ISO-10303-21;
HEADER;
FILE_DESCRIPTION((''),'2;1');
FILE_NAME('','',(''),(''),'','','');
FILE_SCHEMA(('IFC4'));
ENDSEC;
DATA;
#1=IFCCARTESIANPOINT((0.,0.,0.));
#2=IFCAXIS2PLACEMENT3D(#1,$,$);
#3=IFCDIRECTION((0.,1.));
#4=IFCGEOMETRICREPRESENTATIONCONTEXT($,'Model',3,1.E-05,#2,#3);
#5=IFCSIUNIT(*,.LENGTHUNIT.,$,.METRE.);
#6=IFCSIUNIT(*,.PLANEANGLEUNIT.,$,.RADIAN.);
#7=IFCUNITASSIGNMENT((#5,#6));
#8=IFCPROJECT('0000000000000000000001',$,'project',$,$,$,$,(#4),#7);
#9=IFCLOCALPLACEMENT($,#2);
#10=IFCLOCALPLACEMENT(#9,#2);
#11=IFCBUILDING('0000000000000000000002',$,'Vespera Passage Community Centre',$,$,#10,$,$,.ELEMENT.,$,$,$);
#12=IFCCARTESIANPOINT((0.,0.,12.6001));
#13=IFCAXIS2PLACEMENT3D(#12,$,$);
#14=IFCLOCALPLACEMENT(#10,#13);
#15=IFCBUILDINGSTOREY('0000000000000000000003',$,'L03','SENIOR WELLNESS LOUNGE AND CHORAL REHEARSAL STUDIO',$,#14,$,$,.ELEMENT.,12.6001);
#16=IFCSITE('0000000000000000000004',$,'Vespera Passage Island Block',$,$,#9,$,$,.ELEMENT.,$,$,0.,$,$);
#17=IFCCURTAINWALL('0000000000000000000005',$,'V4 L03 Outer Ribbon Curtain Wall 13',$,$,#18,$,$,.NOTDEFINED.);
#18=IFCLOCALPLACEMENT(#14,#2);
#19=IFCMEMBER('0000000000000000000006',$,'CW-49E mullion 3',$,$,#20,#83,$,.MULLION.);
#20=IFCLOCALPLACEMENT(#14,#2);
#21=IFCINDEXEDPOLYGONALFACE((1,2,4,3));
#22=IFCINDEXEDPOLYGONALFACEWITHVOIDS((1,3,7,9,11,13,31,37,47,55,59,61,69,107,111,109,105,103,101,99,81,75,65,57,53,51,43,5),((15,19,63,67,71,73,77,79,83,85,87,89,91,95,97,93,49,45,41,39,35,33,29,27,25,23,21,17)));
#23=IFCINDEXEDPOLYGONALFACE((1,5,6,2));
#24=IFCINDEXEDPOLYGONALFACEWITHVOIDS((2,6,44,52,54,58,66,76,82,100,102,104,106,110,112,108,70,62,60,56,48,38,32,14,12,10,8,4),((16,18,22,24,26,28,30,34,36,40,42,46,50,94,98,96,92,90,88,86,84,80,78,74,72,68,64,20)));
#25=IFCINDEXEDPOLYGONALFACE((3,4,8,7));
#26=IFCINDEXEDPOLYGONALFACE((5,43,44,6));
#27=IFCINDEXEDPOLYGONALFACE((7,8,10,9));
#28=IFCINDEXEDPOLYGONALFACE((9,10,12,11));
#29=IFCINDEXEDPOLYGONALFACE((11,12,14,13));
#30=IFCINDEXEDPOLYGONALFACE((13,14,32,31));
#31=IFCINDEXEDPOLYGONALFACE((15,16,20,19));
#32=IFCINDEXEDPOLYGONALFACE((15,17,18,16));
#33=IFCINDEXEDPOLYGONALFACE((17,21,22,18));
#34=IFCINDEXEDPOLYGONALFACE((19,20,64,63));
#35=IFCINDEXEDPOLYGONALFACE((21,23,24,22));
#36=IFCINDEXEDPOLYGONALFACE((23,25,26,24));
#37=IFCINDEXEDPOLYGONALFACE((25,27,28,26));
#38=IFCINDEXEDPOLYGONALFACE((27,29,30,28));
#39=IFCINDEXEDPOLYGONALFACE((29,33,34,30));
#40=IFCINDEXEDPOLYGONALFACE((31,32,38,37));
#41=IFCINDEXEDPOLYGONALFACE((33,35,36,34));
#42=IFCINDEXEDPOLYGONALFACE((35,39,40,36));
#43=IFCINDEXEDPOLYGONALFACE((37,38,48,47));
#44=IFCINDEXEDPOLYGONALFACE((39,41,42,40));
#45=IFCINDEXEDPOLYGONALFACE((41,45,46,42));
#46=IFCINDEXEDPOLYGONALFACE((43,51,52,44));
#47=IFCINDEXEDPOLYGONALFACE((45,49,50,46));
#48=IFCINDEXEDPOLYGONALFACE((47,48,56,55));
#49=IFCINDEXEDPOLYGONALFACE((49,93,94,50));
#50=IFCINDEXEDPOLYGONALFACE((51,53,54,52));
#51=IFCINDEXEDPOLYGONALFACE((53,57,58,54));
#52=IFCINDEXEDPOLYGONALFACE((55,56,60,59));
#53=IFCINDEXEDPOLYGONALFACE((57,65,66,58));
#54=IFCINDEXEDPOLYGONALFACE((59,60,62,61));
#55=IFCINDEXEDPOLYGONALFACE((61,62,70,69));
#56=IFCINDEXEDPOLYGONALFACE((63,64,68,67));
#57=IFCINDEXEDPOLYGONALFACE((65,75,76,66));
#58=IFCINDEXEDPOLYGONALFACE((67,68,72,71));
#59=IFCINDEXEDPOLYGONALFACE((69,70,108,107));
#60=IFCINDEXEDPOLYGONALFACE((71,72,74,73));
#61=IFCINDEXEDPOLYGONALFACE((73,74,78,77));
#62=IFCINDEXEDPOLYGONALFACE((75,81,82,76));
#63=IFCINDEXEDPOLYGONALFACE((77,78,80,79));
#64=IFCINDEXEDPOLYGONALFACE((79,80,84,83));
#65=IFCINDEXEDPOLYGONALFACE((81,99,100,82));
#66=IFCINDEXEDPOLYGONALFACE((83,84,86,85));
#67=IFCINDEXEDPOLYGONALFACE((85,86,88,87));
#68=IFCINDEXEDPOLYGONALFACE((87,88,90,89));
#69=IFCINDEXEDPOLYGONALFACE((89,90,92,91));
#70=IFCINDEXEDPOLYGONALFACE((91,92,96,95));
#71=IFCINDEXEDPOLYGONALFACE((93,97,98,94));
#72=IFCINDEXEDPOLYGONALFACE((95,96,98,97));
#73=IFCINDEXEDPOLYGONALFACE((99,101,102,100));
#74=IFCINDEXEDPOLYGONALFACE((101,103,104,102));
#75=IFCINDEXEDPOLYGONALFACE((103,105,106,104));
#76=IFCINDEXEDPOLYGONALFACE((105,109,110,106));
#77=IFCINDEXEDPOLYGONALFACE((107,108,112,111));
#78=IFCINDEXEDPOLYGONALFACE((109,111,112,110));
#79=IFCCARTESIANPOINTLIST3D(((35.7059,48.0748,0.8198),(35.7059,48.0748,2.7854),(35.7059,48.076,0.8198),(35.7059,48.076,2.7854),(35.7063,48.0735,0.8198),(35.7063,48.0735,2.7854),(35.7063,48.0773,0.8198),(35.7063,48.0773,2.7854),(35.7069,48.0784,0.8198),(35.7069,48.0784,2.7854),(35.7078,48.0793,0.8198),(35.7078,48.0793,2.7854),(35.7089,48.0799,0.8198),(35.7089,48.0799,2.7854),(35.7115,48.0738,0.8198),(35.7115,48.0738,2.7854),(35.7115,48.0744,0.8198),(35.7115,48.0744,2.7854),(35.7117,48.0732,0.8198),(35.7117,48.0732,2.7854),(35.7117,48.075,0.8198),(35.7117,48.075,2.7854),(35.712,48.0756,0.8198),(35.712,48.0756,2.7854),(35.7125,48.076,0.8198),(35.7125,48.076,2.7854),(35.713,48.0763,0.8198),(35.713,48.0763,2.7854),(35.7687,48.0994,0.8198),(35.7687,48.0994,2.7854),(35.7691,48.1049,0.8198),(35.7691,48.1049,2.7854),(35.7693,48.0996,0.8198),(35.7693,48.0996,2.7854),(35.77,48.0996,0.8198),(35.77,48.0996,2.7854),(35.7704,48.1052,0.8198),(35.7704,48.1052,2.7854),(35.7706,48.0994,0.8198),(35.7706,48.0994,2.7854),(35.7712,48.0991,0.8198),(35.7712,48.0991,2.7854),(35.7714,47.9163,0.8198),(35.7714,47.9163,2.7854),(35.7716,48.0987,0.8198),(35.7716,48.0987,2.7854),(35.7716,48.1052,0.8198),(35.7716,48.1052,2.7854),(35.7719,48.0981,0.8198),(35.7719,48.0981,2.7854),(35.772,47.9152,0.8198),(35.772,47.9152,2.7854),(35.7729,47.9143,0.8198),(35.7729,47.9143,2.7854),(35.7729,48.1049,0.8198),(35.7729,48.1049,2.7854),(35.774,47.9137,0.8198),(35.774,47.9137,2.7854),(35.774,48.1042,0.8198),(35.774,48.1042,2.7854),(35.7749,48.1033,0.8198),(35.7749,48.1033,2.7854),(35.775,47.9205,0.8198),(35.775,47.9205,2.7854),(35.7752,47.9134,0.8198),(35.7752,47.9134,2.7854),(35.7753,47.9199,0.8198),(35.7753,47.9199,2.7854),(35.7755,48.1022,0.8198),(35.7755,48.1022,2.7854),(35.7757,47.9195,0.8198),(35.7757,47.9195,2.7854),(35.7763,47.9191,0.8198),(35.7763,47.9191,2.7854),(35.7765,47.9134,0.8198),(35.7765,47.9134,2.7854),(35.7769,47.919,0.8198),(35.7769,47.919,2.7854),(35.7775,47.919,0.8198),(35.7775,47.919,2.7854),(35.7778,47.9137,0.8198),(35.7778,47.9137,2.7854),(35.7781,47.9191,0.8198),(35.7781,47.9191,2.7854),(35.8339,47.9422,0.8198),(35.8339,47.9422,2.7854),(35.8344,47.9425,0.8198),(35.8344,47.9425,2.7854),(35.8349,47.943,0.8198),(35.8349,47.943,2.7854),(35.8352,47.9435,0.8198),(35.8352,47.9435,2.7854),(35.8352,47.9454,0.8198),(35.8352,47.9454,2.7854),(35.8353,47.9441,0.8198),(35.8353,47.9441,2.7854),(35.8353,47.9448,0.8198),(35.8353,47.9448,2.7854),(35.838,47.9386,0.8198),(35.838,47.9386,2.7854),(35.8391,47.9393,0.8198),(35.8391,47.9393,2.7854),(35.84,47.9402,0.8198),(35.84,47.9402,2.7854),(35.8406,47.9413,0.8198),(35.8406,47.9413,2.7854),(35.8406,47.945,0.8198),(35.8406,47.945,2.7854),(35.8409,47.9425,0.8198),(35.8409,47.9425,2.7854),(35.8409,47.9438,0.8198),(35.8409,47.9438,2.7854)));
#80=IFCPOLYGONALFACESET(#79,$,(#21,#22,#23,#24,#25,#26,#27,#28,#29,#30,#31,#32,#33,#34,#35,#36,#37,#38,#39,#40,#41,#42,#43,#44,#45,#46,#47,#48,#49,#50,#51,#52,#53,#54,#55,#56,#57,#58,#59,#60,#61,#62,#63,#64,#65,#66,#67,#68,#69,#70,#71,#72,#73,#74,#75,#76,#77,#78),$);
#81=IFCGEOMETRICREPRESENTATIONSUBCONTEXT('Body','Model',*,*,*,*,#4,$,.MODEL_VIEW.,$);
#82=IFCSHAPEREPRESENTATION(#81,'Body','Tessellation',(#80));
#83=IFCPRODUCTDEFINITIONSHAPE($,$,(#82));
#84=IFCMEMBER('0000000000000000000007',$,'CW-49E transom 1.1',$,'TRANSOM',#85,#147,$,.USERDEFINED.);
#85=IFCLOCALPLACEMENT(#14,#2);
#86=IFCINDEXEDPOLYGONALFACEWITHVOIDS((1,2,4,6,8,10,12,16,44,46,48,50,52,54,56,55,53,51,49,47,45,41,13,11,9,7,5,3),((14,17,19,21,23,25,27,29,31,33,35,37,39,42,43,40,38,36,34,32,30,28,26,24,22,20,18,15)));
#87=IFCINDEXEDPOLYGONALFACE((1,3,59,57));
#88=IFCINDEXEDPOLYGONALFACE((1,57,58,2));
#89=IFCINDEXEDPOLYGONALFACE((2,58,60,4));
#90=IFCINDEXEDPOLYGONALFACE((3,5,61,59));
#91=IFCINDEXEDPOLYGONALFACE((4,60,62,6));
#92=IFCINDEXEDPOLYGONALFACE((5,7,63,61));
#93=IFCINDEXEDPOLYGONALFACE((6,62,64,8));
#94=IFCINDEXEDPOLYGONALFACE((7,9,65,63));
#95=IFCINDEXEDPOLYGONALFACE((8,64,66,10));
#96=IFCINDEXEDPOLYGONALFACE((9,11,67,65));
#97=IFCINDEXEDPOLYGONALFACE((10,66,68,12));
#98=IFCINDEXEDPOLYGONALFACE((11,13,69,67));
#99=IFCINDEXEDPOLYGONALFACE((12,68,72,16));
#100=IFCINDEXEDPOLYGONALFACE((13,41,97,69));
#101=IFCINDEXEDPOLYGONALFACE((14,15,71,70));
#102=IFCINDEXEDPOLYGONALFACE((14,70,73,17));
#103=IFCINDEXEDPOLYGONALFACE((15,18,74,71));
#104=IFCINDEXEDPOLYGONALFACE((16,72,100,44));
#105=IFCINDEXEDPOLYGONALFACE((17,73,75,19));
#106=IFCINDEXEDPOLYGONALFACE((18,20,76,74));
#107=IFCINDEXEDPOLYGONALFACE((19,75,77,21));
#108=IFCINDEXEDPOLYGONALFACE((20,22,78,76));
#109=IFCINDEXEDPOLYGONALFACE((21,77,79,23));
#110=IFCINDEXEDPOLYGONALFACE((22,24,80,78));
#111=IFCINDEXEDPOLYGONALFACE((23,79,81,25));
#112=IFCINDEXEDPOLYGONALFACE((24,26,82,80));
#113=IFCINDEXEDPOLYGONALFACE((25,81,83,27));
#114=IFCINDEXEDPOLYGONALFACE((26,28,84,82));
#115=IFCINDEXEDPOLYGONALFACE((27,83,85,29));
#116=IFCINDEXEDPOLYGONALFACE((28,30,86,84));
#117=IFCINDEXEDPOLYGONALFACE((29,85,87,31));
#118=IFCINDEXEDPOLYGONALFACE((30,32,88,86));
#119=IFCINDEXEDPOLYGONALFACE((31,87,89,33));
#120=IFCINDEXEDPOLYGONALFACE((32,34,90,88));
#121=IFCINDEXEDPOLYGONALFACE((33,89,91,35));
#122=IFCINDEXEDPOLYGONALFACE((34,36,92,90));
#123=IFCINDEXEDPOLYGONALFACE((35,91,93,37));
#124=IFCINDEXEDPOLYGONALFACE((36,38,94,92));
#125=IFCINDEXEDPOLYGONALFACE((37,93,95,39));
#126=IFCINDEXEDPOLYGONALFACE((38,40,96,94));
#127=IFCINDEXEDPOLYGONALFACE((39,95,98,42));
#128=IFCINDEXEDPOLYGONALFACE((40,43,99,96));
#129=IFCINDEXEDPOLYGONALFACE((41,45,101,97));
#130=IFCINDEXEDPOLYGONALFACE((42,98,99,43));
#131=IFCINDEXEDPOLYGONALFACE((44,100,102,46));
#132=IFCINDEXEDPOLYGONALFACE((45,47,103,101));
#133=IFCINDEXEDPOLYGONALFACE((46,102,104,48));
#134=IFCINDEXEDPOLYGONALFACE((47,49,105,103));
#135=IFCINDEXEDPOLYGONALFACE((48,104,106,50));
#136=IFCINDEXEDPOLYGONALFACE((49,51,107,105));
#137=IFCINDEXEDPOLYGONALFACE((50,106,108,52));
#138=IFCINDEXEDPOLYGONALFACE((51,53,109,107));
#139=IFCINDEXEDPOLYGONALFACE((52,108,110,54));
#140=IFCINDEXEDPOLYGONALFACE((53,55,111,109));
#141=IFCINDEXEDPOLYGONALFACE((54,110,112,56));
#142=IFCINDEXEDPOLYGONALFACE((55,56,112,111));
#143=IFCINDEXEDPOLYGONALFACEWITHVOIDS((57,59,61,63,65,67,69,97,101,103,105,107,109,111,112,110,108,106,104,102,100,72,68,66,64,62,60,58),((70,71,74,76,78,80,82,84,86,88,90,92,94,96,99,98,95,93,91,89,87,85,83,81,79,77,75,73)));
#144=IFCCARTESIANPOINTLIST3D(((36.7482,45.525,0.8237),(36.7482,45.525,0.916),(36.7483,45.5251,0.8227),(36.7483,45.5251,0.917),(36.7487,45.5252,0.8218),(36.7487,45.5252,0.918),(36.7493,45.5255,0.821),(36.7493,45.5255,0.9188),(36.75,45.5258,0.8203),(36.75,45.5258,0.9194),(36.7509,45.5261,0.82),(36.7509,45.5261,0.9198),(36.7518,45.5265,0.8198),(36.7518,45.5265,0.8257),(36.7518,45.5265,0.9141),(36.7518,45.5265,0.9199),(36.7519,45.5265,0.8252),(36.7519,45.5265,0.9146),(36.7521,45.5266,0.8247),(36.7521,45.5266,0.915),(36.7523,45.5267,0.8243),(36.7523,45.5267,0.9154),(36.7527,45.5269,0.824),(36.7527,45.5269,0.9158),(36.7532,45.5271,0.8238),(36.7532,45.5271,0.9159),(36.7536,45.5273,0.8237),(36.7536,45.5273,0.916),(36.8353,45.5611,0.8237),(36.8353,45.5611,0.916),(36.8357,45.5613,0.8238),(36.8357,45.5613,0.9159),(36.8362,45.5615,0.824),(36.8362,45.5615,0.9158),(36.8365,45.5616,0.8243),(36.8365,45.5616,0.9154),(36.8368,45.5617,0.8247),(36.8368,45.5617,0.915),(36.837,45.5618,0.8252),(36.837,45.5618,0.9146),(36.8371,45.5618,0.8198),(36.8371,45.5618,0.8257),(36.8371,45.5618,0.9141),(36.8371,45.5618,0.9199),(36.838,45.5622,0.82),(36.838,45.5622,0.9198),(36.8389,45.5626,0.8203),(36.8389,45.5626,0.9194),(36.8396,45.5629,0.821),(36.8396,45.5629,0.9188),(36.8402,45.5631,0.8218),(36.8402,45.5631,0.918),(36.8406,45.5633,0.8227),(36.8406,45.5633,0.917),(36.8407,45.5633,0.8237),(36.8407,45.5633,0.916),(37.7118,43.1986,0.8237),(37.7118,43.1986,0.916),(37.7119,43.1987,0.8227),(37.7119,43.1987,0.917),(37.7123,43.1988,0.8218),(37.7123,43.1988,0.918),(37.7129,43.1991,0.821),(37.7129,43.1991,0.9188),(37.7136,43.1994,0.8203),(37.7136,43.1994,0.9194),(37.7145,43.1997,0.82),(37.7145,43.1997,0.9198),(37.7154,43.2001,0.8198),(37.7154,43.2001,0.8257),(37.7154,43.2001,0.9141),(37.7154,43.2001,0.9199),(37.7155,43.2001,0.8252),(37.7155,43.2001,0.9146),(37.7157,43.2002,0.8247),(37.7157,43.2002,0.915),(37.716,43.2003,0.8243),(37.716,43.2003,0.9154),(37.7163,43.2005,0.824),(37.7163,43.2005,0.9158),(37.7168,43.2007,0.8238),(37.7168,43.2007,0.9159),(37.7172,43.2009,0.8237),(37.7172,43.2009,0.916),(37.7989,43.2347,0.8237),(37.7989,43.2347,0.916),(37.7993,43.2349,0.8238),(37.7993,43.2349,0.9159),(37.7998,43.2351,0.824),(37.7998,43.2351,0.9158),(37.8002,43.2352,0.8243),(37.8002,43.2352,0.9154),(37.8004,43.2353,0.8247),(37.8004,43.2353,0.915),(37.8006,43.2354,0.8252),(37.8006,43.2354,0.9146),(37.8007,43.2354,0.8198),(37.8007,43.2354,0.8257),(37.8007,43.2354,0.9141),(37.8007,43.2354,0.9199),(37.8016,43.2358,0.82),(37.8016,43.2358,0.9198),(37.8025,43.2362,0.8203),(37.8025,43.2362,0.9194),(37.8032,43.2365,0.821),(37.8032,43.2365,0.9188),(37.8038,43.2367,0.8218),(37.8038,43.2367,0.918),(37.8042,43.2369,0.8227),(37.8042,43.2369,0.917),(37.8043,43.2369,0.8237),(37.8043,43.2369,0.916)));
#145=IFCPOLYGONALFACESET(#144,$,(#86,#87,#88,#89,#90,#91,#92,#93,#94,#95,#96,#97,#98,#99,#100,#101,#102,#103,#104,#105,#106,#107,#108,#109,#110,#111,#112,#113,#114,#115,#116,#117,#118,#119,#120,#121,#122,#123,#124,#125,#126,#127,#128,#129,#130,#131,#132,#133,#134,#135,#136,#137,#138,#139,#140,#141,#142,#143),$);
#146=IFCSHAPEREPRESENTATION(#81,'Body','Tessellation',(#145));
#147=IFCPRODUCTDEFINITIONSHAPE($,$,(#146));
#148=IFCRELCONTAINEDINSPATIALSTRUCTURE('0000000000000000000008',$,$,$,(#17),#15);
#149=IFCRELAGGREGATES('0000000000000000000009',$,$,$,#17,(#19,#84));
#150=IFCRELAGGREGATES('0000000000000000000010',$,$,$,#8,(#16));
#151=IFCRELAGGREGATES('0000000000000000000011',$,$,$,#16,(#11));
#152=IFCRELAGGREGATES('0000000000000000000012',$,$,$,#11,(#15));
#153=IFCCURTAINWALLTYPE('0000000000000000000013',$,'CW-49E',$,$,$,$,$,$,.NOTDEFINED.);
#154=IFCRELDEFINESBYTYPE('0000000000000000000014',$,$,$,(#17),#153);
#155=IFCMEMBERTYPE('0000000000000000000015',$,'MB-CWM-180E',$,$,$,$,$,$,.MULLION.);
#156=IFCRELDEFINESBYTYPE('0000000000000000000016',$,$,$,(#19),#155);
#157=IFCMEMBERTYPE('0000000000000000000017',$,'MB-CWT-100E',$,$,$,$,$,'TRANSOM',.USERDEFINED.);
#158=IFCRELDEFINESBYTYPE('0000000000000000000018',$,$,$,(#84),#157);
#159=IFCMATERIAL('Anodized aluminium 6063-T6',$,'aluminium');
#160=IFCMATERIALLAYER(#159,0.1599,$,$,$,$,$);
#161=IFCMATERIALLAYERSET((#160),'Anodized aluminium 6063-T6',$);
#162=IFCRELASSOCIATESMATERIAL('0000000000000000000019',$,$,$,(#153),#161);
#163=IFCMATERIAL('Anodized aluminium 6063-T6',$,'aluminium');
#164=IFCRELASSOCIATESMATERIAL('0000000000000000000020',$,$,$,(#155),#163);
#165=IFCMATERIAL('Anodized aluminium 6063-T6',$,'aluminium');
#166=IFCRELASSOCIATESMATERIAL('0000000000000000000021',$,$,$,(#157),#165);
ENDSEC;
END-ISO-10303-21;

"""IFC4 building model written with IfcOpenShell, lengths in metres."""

from ifc_helpers import new_model, si_unit, direction, frame, origin, origin_2d, place, context, subcontext, project, spatial, hollow_rectangle, extrude, material, layer, layer_set, material_profile, profile_set, type_object, element, aggregate, save


model = new_model("IFC4")

# Units and contexts
model_context = context("Model", 3, precision=1e-05, world=origin(), true_north=direction((0.0, 1.0)))
body_context = subcontext(model_context, "Body", "Model", "MODEL_VIEW")
ifc_project = project(units=[si_unit("LENGTHUNIT", "METRE"), si_unit("PLANEANGLEUNIT", "RADIAN")], contexts=[model_context])

# Site, building, storey
site_placement = place(None, origin())
site = spatial("IfcSite", under=ifc_project, at=site_placement, Name="Vespera Passage Island Block", CompositionType="ELEMENT", RefElevation=0.0)
building_placement = place(site_placement, origin())
building = spatial("IfcBuilding", under=site, at=building_placement, Name="Vespera Passage Community Centre", CompositionType="ELEMENT")
storey_placement = place(building_placement, frame((0.0, 0.0, 12.6001)))
storey = spatial("IfcBuildingStorey", under=building, at=storey_placement, Name="L03", Description="SENIOR WELLNESS LOUNGE AND CHORAL REHEARSAL STUDIO", CompositionType="ELEMENT", Elevation=12.6001)

# Curtain wall, members
ifc_material_1 = material(Name="Anodized aluminium 6063-T6", Category="aluminium")
ifc_layer_1 = layer(ifc_material_1, 0.1599)
ifc_layer_set_1 = layer_set([ifc_layer_1], Name="Anodized aluminium 6063-T6")
curtain_wall_type = type_object("IfcCurtainWallType", Name="CW-49E", PredefinedType="NOTDEFINED", material=ifc_layer_set_1)
curtain_wall_placement = place(storey_placement, origin())
curtain_wall = element("IfcCurtainWall", 1, at=curtain_wall_placement, inside=storey, type_object=curtain_wall_type, Name="V4 L03 Outer Ribbon Curtain Wall 13", PredefinedType="NOTDEFINED")
ifc_material_2 = material(Name="Anodized aluminium 6063-T6", Category="aluminium")
ifc_material_profile_1 = material_profile(ifc_material_2, hollow_rectangle(XDim=0.075, YDim=0.1799, WallThickness=0.0049, InnerFilletRadius=0.0024, OuterFilletRadius=0.0049, at=origin_2d()), Name="ALU180X75X5")
ifc_profile_set_1 = profile_set([ifc_material_profile_1], Name="Anodized aluminium 6063-T6")
member_type_1 = type_object("IfcMemberType", Name="MB-CWM-180E", PredefinedType="MULLION", material=ifc_profile_set_1)
member_1_placement = place(storey_placement, frame((35.7734, 48.0093, 0.8198), z_axis=(0.0, 0.0, 1.0), x_axis=(-0.923881, -0.382679, 0.0)))
member_1 = element("IfcMember", 2, at=member_1_placement, type_object=member_type_1, Name="CW-49E mullion 3", PredefinedType="MULLION", context=body_context, shape_type="SweptSolid", body=[
    extrude(hollow_rectangle(XDim=0.075, YDim=0.1799, WallThickness=0.0049, InnerFilletRadius=0.0024, OuterFilletRadius=0.0049, at=origin_2d()), origin(), (0.0, 0.0, 1.0), 1.9656),
])
ifc_material_3 = material(Name="Anodized aluminium 6063-T6", Category="aluminium")
ifc_material_profile_2 = material_profile(ifc_material_3, hollow_rectangle(XDim=0.1001, YDim=0.1001, WallThickness=0.0039, InnerFilletRadius=0.002, OuterFilletRadius=0.0039, at=origin_2d()), Name="ALU100X100X4")
ifc_profile_set_2 = profile_set([ifc_material_profile_2], Name="Anodized aluminium 6063-T6")
member_type_2 = type_object("IfcMemberType", Name="MB-CWT-100E", ElementType="TRANSOM", PredefinedType="USERDEFINED", material=ifc_profile_set_2)
member_2_placement = place(storey_placement, frame((37.7581, 43.2178, 0.8699), z_axis=(-0.38268, 0.923881, 0.0), x_axis=(-0.923881, -0.38268, 0.0)))
member_2 = element("IfcMember", 3, at=member_2_placement, type_object=member_type_2, Name="CW-49E transom 1.1", ObjectType="TRANSOM", PredefinedType="USERDEFINED", context=body_context, shape_type="SweptSolid", body=[
    extrude(hollow_rectangle(XDim=0.1001, YDim=0.1001, WallThickness=0.0039, InnerFilletRadius=0.002, OuterFilletRadius=0.0039, at=origin_2d()), origin(), (0.0, 0.0, 1.0), 2.5181),
])
aggregate(curtain_wall, [member_1, member_2])

save(model, "model.ifc")
